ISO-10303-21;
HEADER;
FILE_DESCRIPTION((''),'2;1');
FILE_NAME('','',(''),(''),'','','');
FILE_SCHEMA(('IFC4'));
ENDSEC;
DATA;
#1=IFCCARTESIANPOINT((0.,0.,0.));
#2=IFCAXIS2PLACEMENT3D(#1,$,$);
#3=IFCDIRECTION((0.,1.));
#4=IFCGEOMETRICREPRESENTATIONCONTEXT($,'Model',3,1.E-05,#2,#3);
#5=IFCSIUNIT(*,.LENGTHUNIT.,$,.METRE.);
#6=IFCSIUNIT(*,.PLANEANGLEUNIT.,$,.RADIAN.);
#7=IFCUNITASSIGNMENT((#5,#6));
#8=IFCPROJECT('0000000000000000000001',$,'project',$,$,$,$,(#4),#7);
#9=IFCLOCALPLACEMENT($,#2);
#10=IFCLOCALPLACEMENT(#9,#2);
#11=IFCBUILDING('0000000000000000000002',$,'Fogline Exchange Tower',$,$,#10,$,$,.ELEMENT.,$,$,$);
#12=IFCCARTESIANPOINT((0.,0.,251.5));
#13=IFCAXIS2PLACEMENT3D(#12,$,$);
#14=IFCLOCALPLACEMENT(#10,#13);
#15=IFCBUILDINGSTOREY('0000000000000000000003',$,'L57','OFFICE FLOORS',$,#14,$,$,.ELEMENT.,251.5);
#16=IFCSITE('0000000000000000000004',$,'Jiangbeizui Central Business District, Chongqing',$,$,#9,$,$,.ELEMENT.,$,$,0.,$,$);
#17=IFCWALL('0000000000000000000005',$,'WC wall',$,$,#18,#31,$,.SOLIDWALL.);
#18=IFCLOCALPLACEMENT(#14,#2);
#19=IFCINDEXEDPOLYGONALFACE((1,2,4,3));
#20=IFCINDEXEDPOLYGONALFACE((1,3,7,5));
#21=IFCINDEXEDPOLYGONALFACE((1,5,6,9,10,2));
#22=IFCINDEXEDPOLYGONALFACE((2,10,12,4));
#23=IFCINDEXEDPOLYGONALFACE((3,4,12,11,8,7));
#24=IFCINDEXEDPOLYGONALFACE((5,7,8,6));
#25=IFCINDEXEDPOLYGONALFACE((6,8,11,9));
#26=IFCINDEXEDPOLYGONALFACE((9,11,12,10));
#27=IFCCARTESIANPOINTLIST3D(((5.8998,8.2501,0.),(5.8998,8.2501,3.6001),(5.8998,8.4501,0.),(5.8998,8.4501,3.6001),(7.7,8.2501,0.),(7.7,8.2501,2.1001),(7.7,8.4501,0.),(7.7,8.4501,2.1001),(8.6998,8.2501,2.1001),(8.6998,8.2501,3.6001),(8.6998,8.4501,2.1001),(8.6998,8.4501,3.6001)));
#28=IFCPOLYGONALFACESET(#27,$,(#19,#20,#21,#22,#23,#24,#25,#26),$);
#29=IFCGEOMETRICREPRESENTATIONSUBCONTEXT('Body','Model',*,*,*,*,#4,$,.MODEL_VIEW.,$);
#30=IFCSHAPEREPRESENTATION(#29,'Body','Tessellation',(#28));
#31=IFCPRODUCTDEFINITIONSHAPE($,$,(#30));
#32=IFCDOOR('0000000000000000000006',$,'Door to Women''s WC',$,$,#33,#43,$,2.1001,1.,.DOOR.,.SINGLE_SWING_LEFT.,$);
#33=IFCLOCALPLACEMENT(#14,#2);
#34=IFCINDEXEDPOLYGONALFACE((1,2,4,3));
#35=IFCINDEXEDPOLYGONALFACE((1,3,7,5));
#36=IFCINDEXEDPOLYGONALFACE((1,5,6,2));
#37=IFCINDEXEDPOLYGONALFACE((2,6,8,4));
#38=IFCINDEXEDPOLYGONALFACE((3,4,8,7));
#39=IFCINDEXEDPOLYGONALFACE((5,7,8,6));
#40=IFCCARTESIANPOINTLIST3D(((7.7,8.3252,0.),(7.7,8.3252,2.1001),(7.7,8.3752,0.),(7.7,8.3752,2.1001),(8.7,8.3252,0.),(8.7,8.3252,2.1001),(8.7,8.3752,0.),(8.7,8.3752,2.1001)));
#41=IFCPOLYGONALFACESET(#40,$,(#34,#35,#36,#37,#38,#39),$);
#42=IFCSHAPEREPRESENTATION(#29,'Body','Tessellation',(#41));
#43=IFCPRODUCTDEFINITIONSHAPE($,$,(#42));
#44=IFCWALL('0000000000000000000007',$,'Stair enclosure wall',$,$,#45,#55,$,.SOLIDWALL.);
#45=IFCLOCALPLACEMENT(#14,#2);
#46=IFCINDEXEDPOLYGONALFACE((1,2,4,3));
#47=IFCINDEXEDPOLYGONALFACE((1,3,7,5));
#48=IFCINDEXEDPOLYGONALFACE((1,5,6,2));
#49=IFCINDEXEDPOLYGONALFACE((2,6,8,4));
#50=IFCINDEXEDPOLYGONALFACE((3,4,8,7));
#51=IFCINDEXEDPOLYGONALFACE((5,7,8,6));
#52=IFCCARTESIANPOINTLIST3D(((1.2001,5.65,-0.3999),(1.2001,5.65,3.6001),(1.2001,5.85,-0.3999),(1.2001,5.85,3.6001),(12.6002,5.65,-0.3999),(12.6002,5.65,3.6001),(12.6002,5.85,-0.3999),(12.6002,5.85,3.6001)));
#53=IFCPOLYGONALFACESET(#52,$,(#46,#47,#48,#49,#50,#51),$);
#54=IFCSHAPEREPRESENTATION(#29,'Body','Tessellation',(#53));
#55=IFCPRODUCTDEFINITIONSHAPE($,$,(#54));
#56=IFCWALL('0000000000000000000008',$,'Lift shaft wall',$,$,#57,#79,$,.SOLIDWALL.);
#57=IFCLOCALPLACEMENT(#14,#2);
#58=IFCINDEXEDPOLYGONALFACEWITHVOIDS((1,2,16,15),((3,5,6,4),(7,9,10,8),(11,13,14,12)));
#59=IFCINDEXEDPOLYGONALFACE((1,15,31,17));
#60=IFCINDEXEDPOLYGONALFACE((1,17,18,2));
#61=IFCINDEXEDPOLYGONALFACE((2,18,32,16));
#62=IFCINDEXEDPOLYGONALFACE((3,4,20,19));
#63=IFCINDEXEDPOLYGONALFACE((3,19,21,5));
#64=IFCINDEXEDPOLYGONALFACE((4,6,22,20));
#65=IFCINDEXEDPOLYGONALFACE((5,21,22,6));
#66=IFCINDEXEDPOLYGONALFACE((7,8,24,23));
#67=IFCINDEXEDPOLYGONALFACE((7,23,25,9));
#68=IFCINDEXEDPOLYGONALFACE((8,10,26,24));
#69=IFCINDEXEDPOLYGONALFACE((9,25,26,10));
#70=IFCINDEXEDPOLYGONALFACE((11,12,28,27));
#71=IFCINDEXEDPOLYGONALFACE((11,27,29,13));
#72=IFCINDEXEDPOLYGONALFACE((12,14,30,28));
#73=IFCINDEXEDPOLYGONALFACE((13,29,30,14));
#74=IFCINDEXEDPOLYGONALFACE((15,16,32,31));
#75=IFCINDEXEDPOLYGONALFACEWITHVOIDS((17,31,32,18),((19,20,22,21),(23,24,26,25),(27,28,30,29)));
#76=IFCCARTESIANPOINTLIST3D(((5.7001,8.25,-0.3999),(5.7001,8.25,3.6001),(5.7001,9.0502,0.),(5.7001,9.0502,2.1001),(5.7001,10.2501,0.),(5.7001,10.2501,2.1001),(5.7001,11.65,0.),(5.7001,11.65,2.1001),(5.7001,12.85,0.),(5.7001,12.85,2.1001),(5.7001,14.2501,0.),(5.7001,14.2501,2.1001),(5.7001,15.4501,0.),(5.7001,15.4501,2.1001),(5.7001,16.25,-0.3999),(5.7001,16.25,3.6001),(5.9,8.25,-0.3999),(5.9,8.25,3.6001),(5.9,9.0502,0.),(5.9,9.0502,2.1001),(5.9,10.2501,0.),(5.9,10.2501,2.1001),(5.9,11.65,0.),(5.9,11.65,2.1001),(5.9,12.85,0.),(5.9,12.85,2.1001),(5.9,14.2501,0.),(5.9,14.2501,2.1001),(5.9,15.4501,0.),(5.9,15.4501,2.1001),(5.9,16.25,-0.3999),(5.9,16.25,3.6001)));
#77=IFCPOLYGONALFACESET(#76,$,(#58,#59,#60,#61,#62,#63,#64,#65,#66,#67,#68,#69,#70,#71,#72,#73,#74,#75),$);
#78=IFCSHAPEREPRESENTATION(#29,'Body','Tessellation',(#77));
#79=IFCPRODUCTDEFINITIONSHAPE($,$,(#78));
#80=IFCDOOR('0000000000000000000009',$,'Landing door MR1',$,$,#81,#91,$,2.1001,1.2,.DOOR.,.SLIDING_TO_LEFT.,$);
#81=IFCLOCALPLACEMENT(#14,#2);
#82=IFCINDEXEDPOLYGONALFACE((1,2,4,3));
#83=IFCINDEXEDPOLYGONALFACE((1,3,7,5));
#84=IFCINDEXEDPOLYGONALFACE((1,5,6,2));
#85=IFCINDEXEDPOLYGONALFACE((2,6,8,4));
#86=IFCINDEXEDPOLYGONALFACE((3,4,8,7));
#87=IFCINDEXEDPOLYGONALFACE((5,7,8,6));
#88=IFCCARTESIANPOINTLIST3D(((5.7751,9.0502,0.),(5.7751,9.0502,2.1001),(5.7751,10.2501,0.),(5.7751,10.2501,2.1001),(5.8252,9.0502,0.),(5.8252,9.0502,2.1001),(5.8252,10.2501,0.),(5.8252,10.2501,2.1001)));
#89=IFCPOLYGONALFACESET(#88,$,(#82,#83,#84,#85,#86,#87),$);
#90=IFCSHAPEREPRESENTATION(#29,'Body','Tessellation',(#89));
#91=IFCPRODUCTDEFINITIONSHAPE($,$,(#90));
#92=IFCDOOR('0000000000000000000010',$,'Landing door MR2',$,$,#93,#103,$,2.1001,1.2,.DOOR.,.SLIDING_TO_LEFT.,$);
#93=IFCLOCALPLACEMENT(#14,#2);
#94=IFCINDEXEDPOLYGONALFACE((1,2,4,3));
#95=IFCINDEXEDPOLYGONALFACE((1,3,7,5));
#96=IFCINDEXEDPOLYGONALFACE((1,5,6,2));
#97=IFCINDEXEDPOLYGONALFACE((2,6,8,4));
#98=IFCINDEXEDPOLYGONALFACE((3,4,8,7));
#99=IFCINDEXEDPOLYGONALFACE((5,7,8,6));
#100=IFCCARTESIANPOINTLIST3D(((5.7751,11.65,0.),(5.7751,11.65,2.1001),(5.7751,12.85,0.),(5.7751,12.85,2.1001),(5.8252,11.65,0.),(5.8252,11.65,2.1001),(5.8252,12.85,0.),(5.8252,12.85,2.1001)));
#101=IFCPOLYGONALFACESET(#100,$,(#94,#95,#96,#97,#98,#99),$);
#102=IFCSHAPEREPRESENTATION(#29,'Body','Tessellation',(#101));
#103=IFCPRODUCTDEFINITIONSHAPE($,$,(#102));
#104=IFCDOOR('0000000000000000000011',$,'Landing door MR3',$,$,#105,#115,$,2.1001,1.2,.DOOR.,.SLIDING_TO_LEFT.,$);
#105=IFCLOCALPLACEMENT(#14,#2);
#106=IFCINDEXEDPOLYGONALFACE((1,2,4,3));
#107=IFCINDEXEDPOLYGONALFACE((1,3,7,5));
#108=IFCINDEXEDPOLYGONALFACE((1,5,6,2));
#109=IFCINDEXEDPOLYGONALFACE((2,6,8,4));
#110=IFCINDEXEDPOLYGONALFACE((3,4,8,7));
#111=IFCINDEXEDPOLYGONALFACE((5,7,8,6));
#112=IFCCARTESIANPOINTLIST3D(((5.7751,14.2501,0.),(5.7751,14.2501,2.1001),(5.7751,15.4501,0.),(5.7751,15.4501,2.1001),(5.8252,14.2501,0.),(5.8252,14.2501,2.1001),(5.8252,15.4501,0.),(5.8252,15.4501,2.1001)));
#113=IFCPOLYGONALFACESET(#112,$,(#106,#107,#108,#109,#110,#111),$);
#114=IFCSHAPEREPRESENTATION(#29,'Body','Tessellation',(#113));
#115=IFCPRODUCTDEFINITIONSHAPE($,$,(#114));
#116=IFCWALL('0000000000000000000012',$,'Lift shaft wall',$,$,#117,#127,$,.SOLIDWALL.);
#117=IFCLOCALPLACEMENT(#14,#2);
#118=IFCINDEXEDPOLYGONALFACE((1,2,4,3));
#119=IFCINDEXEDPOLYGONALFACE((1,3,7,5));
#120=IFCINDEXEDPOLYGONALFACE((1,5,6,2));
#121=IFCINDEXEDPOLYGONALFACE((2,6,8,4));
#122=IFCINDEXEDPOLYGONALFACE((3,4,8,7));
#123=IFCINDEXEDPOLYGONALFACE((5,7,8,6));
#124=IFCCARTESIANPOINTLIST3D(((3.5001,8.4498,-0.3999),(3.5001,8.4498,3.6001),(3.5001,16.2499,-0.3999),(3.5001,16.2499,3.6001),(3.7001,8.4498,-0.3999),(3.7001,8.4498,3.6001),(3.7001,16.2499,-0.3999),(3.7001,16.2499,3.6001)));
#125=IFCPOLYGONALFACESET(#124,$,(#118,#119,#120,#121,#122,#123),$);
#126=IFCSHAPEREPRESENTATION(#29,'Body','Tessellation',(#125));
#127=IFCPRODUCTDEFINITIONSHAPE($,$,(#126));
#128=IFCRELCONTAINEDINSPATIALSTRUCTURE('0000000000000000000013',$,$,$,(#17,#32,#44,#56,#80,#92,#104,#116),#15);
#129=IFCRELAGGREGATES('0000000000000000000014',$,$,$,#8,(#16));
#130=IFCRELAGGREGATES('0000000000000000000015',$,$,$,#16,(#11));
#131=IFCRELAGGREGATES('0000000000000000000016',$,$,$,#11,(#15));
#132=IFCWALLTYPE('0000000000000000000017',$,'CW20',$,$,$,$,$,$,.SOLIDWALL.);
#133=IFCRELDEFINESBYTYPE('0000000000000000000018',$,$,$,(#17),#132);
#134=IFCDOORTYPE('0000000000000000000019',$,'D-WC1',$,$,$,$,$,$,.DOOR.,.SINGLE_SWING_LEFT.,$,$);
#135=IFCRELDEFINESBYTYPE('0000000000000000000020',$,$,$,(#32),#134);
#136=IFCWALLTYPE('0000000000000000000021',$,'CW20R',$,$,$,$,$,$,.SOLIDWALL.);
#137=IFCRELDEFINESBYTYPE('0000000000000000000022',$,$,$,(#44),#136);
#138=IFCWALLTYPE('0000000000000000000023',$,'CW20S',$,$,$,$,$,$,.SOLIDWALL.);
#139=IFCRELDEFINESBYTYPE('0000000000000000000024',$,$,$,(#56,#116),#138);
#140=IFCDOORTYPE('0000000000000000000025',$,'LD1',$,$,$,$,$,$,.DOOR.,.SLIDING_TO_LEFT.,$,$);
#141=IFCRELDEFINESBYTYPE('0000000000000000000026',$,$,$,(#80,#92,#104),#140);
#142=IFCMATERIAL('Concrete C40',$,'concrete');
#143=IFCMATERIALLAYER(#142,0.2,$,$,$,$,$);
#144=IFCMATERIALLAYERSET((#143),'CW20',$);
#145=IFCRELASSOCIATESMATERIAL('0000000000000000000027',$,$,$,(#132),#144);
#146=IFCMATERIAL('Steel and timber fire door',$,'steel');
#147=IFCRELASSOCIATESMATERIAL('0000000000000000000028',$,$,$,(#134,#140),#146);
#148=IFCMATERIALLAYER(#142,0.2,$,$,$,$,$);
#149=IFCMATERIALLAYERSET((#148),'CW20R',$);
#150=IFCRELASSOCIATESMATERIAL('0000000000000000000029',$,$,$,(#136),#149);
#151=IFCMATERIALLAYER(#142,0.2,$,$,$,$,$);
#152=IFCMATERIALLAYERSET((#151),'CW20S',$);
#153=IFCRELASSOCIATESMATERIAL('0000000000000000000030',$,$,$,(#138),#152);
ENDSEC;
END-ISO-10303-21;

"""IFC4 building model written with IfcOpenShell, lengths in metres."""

from ifc_helpers import new_model, si_unit, direction, frame, frame_2d, origin, place, context, subcontext, project, spatial, rectangle, extrude, material, layer, layer_set, type_object, element, fill, save


model = new_model("IFC4")

# Units and contexts
model_context = context("Model", 3, precision=1e-05, world=origin(), true_north=direction((0.0, 1.0)))
body_context = subcontext(model_context, "Body", "Model", "MODEL_VIEW")
ifc_project = project(units=[si_unit("LENGTHUNIT", "METRE"), si_unit("PLANEANGLEUNIT", "RADIAN")], contexts=[model_context])

# Site, building, storey
site_placement = place(None, origin())
site = spatial("IfcSite", under=ifc_project, at=site_placement, Name="Jiangbeizui Central Business District, Chongqing", CompositionType="ELEMENT", RefElevation=0.0)
building_placement = place(site_placement, origin())
building = spatial("IfcBuilding", under=site, at=building_placement, Name="Fogline Exchange Tower", CompositionType="ELEMENT")
storey_placement = place(building_placement, frame((0.0, 0.0, 251.5)))
storey = spatial("IfcBuildingStorey", under=building, at=storey_placement, Name="L57", Description="OFFICE FLOORS", CompositionType="ELEMENT", Elevation=251.5)

# Shared definitions
ifc_material_1 = material(Name="Concrete C40", Category="concrete")

# Wall, opening, door
ifc_layer_1 = layer(ifc_material_1, 0.2)
ifc_layer_set_1 = layer_set([ifc_layer_1], Name="CW20")
wall_type_1 = type_object("IfcWallType", Name="CW20", PredefinedType="SOLIDWALL", material=ifc_layer_set_1)
wall_1_placement = place(storey_placement, frame((5.8999, 8.3501, 0.0), z_axis=(0.0, 0.0, 1.0), x_axis=(1.0, 0.0, 0.0)))
wall_1 = element("IfcWall", 1, at=wall_1_placement, inside=storey, type_object=wall_type_1, Name="WC wall", PredefinedType="SOLIDWALL", context=body_context, shape_type="SweptSolid", body=[
    extrude(rectangle(XDim=2.8, YDim=0.2, at=frame_2d((1.3999, 0.0))), origin(), (0.0, 0.0, 1.0), 3.6001),
])
opening_1_placement = place(wall_1_placement, frame((1.8, 0.0, 0.0)))
opening_1 = element("IfcOpeningElement", 2, at=opening_1_placement, cuts=wall_1, PredefinedType="OPENING", context=body_context, shape_type="SweptSolid", body=[
    extrude(rectangle(XDim=1.0, YDim=2.1001, at=frame_2d((0.5, 1.05))), frame((0.0, 0.1099, 0.0), z_axis=(0.0, -1.0, 0.0), x_axis=(1.0, 0.0, 0.0)), (0.0, 0.0, 1.0), 0.22),
])
ifc_material_2 = material(Name="Steel and timber fire door", Category="steel")
door_type_1 = type_object("IfcDoorType", Name="D-WC1", OperationType="SINGLE_SWING_LEFT", PredefinedType="DOOR", material=ifc_material_2)
door_1_placement = place(opening_1_placement, frame((1.0, 0.0, 0.0), z_axis=(0.0, 0.0, 1.0), x_axis=(-1.0, 0.0, 0.0)))
door_1 = element("IfcDoor", 3, at=door_1_placement, inside=storey, type_object=door_type_1, Name="Door to Women's WC", OperationType="SINGLE_SWING_LEFT", OverallHeight=2.1001, OverallWidth=1.0, PredefinedType="DOOR", context=body_context, shape_type="SweptSolid", body=[
    extrude(rectangle(XDim=1.0, YDim=2.1001, at=frame_2d((0.5, 1.05))), frame((0.0, 0.0249, 0.0), z_axis=(0.0, -1.0, 0.0), x_axis=(1.0, 0.0, 0.0)), (0.0, 0.0, 1.0), 0.05),
])
fill(opening_1, door_1)

# Wall
ifc_layer_2 = layer(ifc_material_1, 0.2)
ifc_layer_set_2 = layer_set([ifc_layer_2], Name="CW20R")
wall_type_2 = type_object("IfcWallType", Name="CW20R", PredefinedType="SOLIDWALL", material=ifc_layer_set_2)
wall_2_placement = place(storey_placement, frame((1.2, 5.75, -0.3999), z_axis=(0.0, 0.0, 1.0), x_axis=(1.0, 0.0, 0.0)))
element("IfcWall", 4, at=wall_2_placement, inside=storey, type_object=wall_type_2, Name="Stair enclosure wall", PredefinedType="SOLIDWALL", context=body_context, shape_type="SweptSolid", body=[
    extrude(rectangle(XDim=11.4001, YDim=0.2, at=frame_2d((5.7002, 0.0))), origin(), (0.0, 0.0, 1.0), 4.0),
])

# Wall, openings, doors
ifc_layer_3 = layer(ifc_material_1, 0.2)
ifc_layer_set_3 = layer_set([ifc_layer_3], Name="CW20S")
wall_type_3 = type_object("IfcWallType", Name="CW20S", PredefinedType="SOLIDWALL", material=ifc_layer_set_3)
wall_3_placement = place(storey_placement, frame((5.8, 8.25, -0.3999), z_axis=(0.0, 0.0, 1.0), x_axis=(0.0, 1.0, 0.0)))
wall_3 = element("IfcWall", 5, at=wall_3_placement, inside=storey, type_object=wall_type_3, Name="Lift shaft wall", PredefinedType="SOLIDWALL", context=body_context, shape_type="SweptSolid", body=[
    extrude(rectangle(XDim=8.0, YDim=0.2, at=frame_2d((4.0, 0.0))), origin(), (0.0, 0.0, 1.0), 4.0),
])
opening_2_placement = place(wall_3_placement, frame((0.8, 0.0, 0.3999)))
opening_2 = element("IfcOpeningElement", 6, at=opening_2_placement, cuts=wall_3, PredefinedType="OPENING", context=body_context, shape_type="SweptSolid", body=[
    extrude(rectangle(XDim=1.2, YDim=2.1001, at=frame_2d((0.6001, 1.05))), frame((0.0, 0.1099, 0.0), z_axis=(0.0, -1.0, 0.0), x_axis=(1.0, 0.0, 0.0)), (0.0, 0.0, 1.0), 0.22),
])
opening_3_placement = place(wall_3_placement, frame((3.3999, 0.0, 0.3999)))
opening_3 = element("IfcOpeningElement", 7, at=opening_3_placement, cuts=wall_3, PredefinedType="OPENING", context=body_context, shape_type="SweptSolid", body=[
    extrude(rectangle(XDim=1.2, YDim=2.1001, at=frame_2d((0.6001, 1.05))), frame((0.0, 0.1099, 0.0), z_axis=(0.0, -1.0, 0.0), x_axis=(1.0, 0.0, 0.0)), (0.0, 0.0, 1.0), 0.22),
])
opening_4_placement = place(wall_3_placement, frame((6.0, 0.0, 0.3999)))
opening_4 = element("IfcOpeningElement", 8, at=opening_4_placement, cuts=wall_3, PredefinedType="OPENING", context=body_context, shape_type="SweptSolid", body=[
    extrude(rectangle(XDim=1.2, YDim=2.1001, at=frame_2d((0.6001, 1.05))), frame((0.0, 0.1099, 0.0), z_axis=(0.0, -1.0, 0.0), x_axis=(1.0, 0.0, 0.0)), (0.0, 0.0, 1.0), 0.22),
])
door_type_2 = type_object("IfcDoorType", Name="LD1", OperationType="SLIDING_TO_LEFT", PredefinedType="DOOR", material=ifc_material_2)
door_2_placement = place(opening_2_placement, origin())
door_2 = element("IfcDoor", 9, at=door_2_placement, inside=storey, type_object=door_type_2, Name="Landing door MR1", OperationType="SLIDING_TO_LEFT", OverallHeight=2.1001, OverallWidth=1.2, PredefinedType="DOOR", context=body_context, shape_type="SweptSolid", body=[
    extrude(rectangle(XDim=1.2, YDim=2.1001, at=frame_2d((0.6001, 1.05))), frame((0.0, 0.0249, 0.0), z_axis=(0.0, -1.0, 0.0), x_axis=(1.0, 0.0, 0.0)), (0.0, 0.0, 1.0), 0.05),
])
fill(opening_2, door_2)
door_3_placement = place(opening_3_placement, origin())
door_3 = element("IfcDoor", 10, at=door_3_placement, inside=storey, type_object=door_type_2, Name="Landing door MR2", OperationType="SLIDING_TO_LEFT", OverallHeight=2.1001, OverallWidth=1.2, PredefinedType="DOOR", context=body_context, shape_type="SweptSolid", body=[
    extrude(rectangle(XDim=1.2, YDim=2.1001, at=frame_2d((0.6001, 1.05))), frame((0.0, 0.0249, 0.0), z_axis=(0.0, -1.0, 0.0), x_axis=(1.0, 0.0, 0.0)), (0.0, 0.0, 1.0), 0.05),
])
fill(opening_3, door_3)
door_4_placement = place(opening_4_placement, origin())
door_4 = element("IfcDoor", 11, at=door_4_placement, inside=storey, type_object=door_type_2, Name="Landing door MR3", OperationType="SLIDING_TO_LEFT", OverallHeight=2.1001, OverallWidth=1.2, PredefinedType="DOOR", context=body_context, shape_type="SweptSolid", body=[
    extrude(rectangle(XDim=1.2, YDim=2.1001, at=frame_2d((0.6001, 1.05))), frame((0.0, 0.0249, 0.0), z_axis=(0.0, -1.0, 0.0), x_axis=(1.0, 0.0, 0.0)), (0.0, 0.0, 1.0), 0.05),
])
fill(opening_4, door_4)

# Wall
wall_4_placement = place(storey_placement, frame((3.6001, 8.45, -0.3999), z_axis=(0.0, 0.0, 1.0), x_axis=(0.0, 1.0, 0.0)))
element("IfcWall", 12, at=wall_4_placement, inside=storey, type_object=wall_type_3, Name="Lift shaft wall", PredefinedType="SOLIDWALL", context=body_context, shape_type="SweptSolid", body=[
    extrude(rectangle(XDim=7.8, YDim=0.2, at=frame_2d((3.8999, 0.0))), origin(), (0.0, 0.0, 1.0), 4.0),
])

save(model, "model.ifc")
